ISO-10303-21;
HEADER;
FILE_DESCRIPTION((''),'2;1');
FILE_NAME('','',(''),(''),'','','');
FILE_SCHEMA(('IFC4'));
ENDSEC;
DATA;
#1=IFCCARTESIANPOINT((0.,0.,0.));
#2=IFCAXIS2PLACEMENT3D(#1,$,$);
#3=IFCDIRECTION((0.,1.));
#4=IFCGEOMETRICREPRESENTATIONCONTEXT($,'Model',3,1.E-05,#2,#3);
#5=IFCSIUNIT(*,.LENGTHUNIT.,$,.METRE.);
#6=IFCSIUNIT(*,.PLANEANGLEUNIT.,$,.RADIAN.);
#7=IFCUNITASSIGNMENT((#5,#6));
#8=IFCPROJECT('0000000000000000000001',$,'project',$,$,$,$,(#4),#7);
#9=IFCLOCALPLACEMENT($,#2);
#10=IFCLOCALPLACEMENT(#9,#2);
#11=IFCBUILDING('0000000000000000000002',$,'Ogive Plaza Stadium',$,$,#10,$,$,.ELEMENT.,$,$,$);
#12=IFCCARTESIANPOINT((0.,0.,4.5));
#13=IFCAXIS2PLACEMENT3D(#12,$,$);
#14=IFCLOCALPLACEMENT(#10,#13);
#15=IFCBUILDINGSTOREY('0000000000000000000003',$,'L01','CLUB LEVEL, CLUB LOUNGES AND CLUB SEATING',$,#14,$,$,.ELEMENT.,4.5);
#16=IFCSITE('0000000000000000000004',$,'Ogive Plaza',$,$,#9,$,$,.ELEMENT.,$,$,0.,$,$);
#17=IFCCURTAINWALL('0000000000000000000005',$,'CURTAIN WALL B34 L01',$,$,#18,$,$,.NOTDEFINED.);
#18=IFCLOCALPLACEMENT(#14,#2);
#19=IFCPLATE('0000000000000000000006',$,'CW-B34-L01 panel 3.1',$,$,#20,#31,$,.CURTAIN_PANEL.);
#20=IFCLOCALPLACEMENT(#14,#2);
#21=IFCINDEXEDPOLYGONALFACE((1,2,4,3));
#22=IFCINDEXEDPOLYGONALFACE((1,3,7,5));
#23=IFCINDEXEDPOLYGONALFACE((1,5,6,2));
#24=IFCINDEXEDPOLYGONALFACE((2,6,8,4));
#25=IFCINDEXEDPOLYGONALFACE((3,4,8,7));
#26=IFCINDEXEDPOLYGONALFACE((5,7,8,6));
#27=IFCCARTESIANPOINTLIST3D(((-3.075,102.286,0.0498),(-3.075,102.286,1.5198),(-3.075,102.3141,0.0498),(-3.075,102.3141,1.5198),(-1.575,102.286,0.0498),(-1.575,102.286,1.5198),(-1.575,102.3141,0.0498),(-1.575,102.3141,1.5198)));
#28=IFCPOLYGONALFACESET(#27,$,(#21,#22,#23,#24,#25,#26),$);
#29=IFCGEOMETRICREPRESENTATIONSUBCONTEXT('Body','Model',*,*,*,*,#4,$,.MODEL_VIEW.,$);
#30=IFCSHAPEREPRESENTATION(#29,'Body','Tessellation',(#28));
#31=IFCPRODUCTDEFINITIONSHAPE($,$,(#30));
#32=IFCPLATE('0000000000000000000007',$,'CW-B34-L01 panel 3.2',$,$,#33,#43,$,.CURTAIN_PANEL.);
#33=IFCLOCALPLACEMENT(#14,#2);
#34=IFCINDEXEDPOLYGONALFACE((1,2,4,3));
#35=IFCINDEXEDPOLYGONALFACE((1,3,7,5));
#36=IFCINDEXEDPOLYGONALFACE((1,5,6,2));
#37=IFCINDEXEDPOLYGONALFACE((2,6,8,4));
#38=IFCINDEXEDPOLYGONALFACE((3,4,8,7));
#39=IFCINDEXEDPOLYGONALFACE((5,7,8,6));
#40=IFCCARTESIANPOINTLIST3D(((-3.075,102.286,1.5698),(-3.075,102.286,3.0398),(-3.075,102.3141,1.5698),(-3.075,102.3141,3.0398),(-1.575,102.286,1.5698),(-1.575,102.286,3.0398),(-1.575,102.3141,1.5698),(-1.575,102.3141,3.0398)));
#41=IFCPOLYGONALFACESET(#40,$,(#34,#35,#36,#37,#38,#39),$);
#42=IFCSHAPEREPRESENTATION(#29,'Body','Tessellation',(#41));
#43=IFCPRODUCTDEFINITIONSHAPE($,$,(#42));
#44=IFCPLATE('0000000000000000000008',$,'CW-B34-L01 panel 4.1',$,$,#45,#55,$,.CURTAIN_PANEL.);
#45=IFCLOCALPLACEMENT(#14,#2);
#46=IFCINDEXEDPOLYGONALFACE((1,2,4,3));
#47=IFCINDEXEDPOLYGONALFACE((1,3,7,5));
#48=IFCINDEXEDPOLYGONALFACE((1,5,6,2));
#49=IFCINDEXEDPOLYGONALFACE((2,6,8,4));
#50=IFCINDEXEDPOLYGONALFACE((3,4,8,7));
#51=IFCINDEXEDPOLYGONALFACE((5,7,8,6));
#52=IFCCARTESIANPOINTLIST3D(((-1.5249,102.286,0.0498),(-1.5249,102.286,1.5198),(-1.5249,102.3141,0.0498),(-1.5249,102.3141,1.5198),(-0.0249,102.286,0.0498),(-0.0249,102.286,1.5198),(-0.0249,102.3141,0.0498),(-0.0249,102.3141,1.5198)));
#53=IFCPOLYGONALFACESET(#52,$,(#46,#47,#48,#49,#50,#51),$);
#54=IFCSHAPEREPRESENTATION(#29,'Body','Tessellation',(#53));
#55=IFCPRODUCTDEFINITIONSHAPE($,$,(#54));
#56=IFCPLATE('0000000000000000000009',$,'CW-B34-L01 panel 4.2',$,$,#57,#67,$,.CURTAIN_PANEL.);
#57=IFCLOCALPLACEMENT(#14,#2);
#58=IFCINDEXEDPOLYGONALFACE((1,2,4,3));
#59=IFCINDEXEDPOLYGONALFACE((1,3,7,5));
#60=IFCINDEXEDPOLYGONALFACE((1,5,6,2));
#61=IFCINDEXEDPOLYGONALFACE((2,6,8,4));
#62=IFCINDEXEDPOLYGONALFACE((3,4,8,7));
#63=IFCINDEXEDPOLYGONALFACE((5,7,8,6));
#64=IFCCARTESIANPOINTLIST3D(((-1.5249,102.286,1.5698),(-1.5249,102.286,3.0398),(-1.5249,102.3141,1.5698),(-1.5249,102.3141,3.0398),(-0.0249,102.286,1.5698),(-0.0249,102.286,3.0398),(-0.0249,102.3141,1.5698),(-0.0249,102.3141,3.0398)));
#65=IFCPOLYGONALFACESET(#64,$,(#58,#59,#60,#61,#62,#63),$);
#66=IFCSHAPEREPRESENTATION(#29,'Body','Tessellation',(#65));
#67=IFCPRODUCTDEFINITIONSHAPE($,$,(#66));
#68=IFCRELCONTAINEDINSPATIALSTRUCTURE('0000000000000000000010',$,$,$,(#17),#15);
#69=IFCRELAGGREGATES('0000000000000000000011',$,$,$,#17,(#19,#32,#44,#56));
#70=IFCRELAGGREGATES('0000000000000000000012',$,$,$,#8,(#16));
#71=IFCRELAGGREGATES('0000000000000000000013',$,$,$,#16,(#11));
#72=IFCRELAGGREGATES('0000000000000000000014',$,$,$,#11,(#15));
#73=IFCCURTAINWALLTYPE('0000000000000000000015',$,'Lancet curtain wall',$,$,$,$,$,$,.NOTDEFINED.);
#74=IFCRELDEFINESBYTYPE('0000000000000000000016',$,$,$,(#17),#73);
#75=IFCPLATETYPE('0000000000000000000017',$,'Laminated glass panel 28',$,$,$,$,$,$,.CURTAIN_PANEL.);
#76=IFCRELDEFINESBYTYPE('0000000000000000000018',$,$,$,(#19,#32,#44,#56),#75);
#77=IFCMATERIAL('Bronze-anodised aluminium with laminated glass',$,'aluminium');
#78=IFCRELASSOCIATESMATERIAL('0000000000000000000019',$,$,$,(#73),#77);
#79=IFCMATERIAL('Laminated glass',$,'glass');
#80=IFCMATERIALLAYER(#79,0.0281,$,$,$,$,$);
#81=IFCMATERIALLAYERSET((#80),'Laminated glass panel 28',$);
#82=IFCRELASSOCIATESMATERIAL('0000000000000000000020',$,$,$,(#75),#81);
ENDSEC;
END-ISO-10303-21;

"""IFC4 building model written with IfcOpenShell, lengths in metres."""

from ifc_helpers import new_model, si_unit, direction, frame, origin, origin_2d, place, context, subcontext, project, spatial, rectangle, extrude, material, layer, layer_set, type_object, element, aggregate, save


model = new_model("IFC4")

# Units and contexts
model_context = context("Model", 3, precision=1e-05, world=origin(), true_north=direction((0.0, 1.0)))
body_context = subcontext(model_context, "Body", "Model", "MODEL_VIEW")
ifc_project = project(units=[si_unit("LENGTHUNIT", "METRE"), si_unit("PLANEANGLEUNIT", "RADIAN")], contexts=[model_context])

# Site, building, storey
site_placement = place(None, origin())
site = spatial("IfcSite", under=ifc_project, at=site_placement, Name="Ogive Plaza", CompositionType="ELEMENT", RefElevation=0.0)
building_placement = place(site_placement, origin())
building = spatial("IfcBuilding", under=site, at=building_placement, Name="Ogive Plaza Stadium", CompositionType="ELEMENT")
storey_placement = place(building_placement, frame((0.0, 0.0, 4.5)))
storey = spatial("IfcBuildingStorey", under=building, at=storey_placement, Name="L01", Description="CLUB LEVEL, CLUB LOUNGES AND CLUB SEATING", CompositionType="ELEMENT", Elevation=4.5)

# Shared definitions
ifc_material_1 = material(Name="Bronze-anodised aluminium with laminated glass", Category="aluminium")
curtain_wall_type = type_object("IfcCurtainWallType", Name="Lancet curtain wall", PredefinedType="NOTDEFINED", material=ifc_material_1)

# Curtain wall
curtain_wall_1_placement = place(storey_placement, origin())
curtain_wall_1 = element("IfcCurtainWall", 1, at=curtain_wall_1_placement, inside=storey, type_object=curtain_wall_type, Name="CURTAIN WALL B34 L01", PredefinedType="NOTDEFINED")

# Plates
ifc_material_2 = material(Name="Laminated glass", Category="glass")
ifc_layer = layer(ifc_material_2, 0.0281)
ifc_layer_set = layer_set([ifc_layer], Name="Laminated glass panel 28")
plate_type = type_object("IfcPlateType", Name="Laminated glass panel 28", PredefinedType="CURTAIN_PANEL", material=ifc_layer_set)
plate_1_placement = place(storey_placement, frame((-2.325, 102.3, 0.0498), z_axis=(0.0, 0.0, 1.0), x_axis=(1.0, 0.0, 0.0)))
plate_1 = element("IfcPlate", 2, at=plate_1_placement, type_object=plate_type, Name="CW-B34-L01 panel 3.1", PredefinedType="CURTAIN_PANEL", context=body_context, shape_type="SweptSolid", body=[
    extrude(rectangle(XDim=1.5, YDim=0.0281, at=origin_2d()), origin(), (0.0, 0.0, 1.0), 1.47),
])
plate_2_placement = place(storey_placement, frame((-2.325, 102.3, 1.5698), z_axis=(0.0, 0.0, 1.0), x_axis=(1.0, 0.0, 0.0)))
plate_2 = element("IfcPlate", 3, at=plate_2_placement, type_object=plate_type, Name="CW-B34-L01 panel 3.2", PredefinedType="CURTAIN_PANEL", context=body_context, shape_type="SweptSolid", body=[
    extrude(rectangle(XDim=1.5, YDim=0.0281, at=origin_2d()), origin(), (0.0, 0.0, 1.0), 1.47),
])
plate_3_placement = place(storey_placement, frame((-0.7749, 102.3, 0.0498), z_axis=(0.0, 0.0, 1.0), x_axis=(1.0, 0.0, 0.0)))
plate_3 = element("IfcPlate", 4, at=plate_3_placement, type_object=plate_type, Name="CW-B34-L01 panel 4.1", PredefinedType="CURTAIN_PANEL", context=body_context, shape_type="SweptSolid", body=[
    extrude(rectangle(XDim=1.5, YDim=0.0281, at=origin_2d()), origin(), (0.0, 0.0, 1.0), 1.47),
])
plate_4_placement = place(storey_placement, frame((-0.7749, 102.3, 1.5698), z_axis=(0.0, 0.0, 1.0), x_axis=(1.0, 0.0, 0.0)))
plate_4 = element("IfcPlate", 5, at=plate_4_placement, type_object=plate_type, Name="CW-B34-L01 panel 4.2", PredefinedType="CURTAIN_PANEL", context=body_context, shape_type="SweptSolid", body=[
    extrude(rectangle(XDim=1.5, YDim=0.0281, at=origin_2d()), origin(), (0.0, 0.0, 1.0), 1.47),
])
aggregate(curtain_wall_1, [plate_1, plate_2, plate_3, plate_4])

save(model, "model.ifc")
